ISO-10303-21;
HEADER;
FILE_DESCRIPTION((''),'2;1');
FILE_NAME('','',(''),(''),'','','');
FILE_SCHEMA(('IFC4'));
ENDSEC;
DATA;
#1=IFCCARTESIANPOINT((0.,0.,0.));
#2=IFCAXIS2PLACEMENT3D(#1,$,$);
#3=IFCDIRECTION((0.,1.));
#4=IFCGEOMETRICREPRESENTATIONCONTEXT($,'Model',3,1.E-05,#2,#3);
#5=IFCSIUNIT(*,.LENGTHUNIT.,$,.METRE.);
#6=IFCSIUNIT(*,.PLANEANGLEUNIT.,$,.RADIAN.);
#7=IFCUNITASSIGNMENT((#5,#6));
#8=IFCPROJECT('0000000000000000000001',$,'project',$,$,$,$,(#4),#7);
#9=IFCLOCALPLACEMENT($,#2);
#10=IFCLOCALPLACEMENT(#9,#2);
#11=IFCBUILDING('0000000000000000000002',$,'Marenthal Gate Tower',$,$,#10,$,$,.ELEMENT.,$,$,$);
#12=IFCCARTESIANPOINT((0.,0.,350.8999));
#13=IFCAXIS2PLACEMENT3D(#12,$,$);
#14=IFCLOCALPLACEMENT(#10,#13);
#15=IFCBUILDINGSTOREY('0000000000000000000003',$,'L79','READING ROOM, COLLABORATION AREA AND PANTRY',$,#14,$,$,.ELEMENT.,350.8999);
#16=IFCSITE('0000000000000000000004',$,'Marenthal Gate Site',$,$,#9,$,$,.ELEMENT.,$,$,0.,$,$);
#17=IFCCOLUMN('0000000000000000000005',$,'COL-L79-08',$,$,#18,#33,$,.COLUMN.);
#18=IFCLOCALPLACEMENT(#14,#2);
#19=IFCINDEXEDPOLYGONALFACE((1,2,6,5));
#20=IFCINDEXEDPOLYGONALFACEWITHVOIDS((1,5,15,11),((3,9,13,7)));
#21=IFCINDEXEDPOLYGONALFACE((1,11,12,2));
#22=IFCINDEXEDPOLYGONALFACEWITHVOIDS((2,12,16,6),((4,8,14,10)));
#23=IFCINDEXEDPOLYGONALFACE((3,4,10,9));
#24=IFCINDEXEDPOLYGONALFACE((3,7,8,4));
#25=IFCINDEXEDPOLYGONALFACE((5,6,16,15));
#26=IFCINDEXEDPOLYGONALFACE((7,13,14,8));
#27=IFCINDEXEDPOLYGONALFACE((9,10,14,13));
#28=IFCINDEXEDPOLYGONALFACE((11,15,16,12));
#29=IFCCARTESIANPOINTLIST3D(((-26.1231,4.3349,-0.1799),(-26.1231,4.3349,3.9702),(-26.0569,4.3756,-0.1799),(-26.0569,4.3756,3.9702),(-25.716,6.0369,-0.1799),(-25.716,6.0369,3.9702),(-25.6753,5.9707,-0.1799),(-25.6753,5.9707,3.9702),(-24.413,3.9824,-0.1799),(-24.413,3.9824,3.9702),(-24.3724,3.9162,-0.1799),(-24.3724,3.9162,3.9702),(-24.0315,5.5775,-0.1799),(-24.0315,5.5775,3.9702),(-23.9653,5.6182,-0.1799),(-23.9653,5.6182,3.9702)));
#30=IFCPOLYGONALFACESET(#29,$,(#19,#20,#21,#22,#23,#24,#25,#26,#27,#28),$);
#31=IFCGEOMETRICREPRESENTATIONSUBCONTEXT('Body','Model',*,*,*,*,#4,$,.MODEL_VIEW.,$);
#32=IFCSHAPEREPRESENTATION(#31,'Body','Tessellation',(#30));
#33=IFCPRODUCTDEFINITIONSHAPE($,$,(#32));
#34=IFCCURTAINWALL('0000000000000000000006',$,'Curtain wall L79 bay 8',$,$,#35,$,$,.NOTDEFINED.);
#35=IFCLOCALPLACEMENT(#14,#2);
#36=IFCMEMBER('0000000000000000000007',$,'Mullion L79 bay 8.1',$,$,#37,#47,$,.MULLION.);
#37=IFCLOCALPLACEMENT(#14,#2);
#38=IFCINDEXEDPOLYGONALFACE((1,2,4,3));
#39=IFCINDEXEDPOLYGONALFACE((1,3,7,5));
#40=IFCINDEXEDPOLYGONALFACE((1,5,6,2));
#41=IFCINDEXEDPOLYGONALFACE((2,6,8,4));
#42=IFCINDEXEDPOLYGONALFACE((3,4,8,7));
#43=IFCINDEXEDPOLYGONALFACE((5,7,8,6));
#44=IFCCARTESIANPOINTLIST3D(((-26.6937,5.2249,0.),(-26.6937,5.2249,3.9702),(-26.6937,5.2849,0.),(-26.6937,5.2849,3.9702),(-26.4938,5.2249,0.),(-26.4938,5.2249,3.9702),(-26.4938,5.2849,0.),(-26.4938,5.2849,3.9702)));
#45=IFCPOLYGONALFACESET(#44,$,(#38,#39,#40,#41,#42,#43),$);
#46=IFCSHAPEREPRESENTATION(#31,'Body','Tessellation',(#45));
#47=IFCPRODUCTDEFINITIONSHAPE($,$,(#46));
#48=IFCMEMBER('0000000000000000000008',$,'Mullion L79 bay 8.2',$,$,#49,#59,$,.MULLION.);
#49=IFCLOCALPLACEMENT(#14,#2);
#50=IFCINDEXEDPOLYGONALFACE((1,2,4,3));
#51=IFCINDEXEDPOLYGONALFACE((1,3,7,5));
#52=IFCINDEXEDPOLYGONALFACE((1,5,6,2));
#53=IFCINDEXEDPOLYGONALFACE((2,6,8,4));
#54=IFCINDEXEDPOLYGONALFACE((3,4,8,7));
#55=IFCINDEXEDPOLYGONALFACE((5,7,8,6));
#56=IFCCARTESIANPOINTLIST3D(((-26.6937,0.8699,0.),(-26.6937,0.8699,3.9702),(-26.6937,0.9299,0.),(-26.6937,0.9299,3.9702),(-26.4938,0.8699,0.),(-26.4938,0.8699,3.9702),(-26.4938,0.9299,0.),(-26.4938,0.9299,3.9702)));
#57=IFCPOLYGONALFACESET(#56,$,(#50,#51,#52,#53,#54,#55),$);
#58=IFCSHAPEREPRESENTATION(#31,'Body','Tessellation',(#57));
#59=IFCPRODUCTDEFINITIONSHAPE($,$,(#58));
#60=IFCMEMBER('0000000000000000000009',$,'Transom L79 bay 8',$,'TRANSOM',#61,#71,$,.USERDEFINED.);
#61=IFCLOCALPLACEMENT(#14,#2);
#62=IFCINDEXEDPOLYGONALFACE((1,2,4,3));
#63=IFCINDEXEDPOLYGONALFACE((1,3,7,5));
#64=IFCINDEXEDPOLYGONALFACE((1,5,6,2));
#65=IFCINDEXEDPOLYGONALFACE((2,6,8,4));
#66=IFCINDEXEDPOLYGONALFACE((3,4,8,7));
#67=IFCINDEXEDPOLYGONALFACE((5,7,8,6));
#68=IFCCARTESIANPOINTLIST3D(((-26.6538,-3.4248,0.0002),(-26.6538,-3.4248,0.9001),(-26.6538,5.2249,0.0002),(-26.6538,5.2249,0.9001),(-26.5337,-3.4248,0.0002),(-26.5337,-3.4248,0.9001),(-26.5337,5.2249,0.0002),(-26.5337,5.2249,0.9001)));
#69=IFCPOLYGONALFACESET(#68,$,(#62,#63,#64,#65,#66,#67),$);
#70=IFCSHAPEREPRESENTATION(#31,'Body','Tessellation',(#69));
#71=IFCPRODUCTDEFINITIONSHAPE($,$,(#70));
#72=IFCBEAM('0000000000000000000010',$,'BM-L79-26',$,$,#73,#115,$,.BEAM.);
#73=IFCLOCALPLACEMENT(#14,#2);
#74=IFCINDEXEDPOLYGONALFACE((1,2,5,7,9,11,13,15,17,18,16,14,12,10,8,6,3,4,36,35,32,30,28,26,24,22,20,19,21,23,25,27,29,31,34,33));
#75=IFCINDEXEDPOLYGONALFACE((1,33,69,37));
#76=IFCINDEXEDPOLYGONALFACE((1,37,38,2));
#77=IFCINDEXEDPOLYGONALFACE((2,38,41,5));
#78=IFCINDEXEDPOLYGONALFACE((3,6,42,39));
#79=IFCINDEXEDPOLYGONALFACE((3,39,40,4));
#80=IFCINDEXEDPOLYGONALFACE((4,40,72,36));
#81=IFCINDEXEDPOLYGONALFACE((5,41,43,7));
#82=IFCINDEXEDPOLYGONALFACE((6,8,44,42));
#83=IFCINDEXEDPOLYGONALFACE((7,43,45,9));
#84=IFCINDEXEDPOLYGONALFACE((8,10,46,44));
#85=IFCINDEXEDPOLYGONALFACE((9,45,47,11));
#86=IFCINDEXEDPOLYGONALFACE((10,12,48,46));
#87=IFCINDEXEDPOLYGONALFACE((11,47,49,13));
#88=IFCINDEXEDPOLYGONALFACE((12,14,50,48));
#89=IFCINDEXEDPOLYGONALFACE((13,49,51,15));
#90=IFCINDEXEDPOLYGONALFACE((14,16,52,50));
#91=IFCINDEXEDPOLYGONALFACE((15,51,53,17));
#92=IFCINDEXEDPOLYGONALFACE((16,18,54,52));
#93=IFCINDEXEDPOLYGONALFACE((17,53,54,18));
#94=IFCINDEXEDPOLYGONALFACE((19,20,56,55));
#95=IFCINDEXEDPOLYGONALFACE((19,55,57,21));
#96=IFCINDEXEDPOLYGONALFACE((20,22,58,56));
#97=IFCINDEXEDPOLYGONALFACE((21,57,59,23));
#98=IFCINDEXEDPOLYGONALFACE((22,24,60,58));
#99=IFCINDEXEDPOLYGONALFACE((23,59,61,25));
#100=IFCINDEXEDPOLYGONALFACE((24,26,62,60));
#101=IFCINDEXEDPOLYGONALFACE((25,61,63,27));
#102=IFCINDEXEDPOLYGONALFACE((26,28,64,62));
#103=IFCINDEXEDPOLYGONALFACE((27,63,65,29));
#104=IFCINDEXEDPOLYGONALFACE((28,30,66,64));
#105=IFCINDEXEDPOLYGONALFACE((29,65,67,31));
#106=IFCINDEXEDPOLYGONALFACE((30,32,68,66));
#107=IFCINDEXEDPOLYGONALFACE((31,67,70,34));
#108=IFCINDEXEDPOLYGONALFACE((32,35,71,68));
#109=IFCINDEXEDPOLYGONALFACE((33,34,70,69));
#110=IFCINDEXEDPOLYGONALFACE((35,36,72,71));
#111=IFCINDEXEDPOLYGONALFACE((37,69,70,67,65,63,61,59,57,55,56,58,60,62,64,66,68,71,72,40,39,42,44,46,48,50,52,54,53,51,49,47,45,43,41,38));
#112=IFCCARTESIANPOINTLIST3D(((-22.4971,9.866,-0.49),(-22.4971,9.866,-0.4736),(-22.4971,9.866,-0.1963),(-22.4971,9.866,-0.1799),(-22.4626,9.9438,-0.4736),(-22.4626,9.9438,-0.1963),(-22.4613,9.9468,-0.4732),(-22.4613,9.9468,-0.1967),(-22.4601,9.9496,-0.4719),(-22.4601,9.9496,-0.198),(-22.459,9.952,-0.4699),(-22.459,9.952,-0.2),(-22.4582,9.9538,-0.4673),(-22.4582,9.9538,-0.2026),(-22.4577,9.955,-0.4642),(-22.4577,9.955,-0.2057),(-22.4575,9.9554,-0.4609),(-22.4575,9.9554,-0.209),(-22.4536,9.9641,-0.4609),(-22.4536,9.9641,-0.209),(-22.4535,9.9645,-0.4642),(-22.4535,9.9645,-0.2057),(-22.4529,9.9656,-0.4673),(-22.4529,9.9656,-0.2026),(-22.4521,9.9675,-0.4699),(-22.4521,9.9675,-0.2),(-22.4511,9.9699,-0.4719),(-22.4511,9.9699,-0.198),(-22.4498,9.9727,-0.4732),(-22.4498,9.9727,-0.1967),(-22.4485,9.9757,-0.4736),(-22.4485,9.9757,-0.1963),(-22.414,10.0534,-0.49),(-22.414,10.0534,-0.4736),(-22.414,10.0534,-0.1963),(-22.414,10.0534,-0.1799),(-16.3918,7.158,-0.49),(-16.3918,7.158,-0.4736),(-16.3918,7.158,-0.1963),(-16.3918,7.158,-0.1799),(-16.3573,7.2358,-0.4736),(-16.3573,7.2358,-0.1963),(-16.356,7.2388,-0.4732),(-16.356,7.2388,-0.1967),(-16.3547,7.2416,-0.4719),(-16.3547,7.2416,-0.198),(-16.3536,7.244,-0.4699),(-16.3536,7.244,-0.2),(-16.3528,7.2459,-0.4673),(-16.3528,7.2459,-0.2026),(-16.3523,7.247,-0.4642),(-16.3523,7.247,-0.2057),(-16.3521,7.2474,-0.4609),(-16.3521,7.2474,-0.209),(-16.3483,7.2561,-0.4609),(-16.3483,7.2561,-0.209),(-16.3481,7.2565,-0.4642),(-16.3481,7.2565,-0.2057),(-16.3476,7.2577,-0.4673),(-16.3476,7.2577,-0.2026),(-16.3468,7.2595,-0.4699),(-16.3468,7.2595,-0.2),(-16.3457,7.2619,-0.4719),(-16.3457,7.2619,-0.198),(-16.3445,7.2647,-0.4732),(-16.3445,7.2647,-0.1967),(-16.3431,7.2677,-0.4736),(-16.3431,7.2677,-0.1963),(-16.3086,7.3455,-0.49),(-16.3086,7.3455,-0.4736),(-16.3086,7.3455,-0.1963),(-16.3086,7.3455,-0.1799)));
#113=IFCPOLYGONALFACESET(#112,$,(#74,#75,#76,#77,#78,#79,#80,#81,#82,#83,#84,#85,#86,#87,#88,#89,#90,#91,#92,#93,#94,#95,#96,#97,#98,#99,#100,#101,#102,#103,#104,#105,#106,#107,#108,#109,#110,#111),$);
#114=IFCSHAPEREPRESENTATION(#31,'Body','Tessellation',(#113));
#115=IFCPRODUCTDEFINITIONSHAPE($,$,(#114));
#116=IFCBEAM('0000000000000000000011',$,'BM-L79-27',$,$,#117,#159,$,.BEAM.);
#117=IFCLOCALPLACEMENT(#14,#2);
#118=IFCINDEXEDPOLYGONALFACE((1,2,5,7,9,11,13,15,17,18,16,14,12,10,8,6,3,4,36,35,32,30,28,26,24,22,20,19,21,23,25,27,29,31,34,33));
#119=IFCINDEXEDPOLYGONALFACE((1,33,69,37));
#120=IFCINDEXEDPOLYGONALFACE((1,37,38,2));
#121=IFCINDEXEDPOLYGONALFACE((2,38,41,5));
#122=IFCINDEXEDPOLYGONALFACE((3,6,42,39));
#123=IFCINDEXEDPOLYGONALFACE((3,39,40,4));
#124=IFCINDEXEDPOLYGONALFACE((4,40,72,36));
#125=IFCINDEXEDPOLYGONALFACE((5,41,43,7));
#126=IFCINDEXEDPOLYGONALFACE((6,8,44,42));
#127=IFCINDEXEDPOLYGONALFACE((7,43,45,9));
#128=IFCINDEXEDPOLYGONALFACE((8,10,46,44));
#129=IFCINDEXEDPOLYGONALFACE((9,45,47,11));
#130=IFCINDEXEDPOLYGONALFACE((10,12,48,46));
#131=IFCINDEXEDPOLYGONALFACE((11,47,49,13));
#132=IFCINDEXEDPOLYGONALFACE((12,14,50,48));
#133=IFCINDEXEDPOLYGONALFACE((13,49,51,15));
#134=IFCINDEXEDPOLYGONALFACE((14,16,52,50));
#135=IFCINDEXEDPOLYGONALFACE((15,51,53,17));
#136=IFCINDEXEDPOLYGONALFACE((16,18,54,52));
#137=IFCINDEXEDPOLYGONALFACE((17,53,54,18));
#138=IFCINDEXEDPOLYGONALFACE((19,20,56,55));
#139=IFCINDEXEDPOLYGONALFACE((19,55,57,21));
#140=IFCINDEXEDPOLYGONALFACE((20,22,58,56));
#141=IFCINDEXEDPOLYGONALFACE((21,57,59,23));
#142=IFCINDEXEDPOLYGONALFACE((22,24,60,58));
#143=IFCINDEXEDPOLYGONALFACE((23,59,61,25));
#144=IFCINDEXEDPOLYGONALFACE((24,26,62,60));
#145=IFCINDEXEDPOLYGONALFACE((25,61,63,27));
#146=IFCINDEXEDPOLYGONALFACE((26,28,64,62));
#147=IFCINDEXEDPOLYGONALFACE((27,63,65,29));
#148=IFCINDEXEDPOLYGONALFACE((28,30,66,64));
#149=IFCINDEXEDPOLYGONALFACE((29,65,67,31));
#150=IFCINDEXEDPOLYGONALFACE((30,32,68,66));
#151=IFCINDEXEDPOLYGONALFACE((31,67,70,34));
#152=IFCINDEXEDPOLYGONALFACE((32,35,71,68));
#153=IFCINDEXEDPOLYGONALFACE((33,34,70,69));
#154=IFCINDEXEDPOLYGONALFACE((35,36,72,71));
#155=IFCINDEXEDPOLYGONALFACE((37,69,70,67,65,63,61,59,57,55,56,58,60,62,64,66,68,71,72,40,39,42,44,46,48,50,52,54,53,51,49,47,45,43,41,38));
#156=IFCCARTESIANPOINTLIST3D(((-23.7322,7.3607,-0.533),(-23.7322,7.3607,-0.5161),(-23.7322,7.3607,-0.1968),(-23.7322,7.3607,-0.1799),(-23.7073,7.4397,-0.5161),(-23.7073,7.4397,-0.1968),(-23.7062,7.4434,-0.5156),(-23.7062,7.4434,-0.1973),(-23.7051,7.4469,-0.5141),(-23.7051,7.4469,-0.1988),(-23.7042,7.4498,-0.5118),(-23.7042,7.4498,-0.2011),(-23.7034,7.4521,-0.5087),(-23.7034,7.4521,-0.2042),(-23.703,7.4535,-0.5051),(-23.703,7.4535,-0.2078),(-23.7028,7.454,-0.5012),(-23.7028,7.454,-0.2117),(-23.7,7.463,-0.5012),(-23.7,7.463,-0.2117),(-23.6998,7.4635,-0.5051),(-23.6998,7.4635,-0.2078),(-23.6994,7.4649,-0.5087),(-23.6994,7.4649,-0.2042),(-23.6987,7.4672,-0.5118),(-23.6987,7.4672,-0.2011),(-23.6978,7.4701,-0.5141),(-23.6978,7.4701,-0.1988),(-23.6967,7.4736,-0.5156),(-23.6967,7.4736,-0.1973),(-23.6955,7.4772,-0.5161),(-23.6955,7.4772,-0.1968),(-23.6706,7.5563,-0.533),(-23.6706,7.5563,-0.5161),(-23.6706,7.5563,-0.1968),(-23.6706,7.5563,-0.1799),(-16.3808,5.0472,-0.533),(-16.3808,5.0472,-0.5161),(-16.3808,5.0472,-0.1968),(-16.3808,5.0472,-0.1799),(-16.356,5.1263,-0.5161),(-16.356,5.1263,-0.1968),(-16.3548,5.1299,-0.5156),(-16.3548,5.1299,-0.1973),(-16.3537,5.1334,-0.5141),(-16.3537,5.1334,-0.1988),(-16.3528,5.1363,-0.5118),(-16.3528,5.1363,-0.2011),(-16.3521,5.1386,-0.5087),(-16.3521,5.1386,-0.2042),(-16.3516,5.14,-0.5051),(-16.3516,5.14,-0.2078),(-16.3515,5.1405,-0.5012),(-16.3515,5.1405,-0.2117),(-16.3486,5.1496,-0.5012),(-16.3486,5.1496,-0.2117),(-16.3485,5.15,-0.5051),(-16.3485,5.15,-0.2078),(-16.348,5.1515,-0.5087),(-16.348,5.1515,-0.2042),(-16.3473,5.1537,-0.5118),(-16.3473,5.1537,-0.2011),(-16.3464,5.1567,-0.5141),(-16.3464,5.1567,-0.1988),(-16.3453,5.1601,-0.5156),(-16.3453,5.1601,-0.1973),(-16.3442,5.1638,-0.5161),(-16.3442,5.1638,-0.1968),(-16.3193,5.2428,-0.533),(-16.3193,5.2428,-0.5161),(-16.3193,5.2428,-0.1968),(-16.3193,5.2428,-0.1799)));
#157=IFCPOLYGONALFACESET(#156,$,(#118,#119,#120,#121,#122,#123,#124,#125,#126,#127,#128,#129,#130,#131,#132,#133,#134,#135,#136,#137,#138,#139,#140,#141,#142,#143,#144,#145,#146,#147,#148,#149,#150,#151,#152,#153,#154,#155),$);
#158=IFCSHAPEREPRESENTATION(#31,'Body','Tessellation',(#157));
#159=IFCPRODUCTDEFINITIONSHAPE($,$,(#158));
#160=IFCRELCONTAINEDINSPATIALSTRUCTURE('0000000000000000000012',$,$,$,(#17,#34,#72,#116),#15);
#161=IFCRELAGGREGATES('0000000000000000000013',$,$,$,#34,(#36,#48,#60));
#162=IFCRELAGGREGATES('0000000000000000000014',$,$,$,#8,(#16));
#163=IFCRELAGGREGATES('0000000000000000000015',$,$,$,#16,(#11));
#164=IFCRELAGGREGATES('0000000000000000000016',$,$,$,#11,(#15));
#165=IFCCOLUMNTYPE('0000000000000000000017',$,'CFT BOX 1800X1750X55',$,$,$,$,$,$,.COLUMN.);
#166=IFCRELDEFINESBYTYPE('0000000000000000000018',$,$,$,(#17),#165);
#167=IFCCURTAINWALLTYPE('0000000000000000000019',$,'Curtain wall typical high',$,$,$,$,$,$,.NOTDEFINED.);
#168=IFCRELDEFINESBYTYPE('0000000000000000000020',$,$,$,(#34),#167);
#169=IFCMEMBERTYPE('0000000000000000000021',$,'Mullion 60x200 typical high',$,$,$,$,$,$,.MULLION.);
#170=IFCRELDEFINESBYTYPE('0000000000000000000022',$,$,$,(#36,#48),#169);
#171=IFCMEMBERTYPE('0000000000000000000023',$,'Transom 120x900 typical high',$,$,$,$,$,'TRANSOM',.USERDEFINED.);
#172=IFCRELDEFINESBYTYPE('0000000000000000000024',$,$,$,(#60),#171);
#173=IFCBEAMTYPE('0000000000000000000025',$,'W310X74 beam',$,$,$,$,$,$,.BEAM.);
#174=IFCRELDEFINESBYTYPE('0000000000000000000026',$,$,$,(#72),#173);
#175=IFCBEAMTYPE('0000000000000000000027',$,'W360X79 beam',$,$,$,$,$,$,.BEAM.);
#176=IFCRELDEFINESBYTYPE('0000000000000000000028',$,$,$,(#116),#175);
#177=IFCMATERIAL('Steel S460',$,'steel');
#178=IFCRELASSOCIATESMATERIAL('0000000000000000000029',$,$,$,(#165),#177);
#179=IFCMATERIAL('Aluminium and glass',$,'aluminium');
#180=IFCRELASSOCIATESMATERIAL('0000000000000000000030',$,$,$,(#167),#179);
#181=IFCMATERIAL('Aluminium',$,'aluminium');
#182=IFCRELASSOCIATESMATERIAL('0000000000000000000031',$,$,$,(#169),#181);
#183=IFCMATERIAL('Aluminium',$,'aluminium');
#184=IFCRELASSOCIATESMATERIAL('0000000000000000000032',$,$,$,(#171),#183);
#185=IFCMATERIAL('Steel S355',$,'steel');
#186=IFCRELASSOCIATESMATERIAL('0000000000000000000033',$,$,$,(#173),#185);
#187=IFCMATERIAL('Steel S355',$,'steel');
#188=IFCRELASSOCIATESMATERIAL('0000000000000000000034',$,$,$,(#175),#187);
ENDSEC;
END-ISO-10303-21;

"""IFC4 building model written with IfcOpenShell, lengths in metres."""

from ifc_helpers import new_model, si_unit, direction, frame, origin, origin_2d, place, context, subcontext, project, spatial, rectangle, hollow_rectangle, i_section, extrude, material, material_profile, profile_set, type_object, element, aggregate, save


model = new_model("IFC4")

# Units and contexts
model_context = context("Model", 3, precision=1e-05, world=origin(), true_north=direction((0.0, 1.0)))
body_context = subcontext(model_context, "Body", "Model", "MODEL_VIEW")
ifc_project = project(units=[si_unit("LENGTHUNIT", "METRE"), si_unit("PLANEANGLEUNIT", "RADIAN")], contexts=[model_context])

# Site, building, storey
site_placement = place(None, origin())
site = spatial("IfcSite", under=ifc_project, at=site_placement, Name="Marenthal Gate Site", CompositionType="ELEMENT", RefElevation=0.0)
building_placement = place(site_placement, origin())
building = spatial("IfcBuilding", under=site, at=building_placement, Name="Marenthal Gate Tower", CompositionType="ELEMENT")
storey_placement = place(building_placement, frame((0.0, 0.0, 350.8999)))
storey = spatial("IfcBuildingStorey", under=building, at=storey_placement, Name="L79", Description="READING ROOM, COLLABORATION AREA AND PANTRY", CompositionType="ELEMENT", Elevation=350.8999)

# Column
ifc_material_1 = material(Name="Steel S460", Category="steel")
ifc_material_profile_1 = material_profile(ifc_material_1, hollow_rectangle(XDim=1.75, YDim=1.8, WallThickness=0.0549, at=origin_2d()), Name="CFT BOX 1800X1750X55")
ifc_material_2 = material(Name="Concrete 70 MPa", Category="concrete")
ifc_material_profile_2 = material_profile(ifc_material_2, rectangle(XDim=1.6399, YDim=1.6899, at=origin_2d()), Name="CFT BOX 1800X1750X55 INFILL")
ifc_profile_set_1 = profile_set([ifc_material_profile_1, ifc_material_profile_2], Name="Steel S460 shell, Concrete 70 MPa infill")
column_type = type_object("IfcColumnType", Name="CFT BOX 1800X1750X55", PredefinedType="COLUMN", material=ifc_profile_set_1)
column_placement = place(storey_placement, frame((-25.0442, 4.9766, -0.1799), z_axis=(0.0, 0.0, 1.0), x_axis=(0.232626, 0.972566, 0.0)))
element("IfcColumn", 1, at=column_placement, inside=storey, type_object=column_type, Name="COL-L79-08", PredefinedType="COLUMN", context=body_context, shape_type="SweptSolid", body=[
    extrude(hollow_rectangle(XDim=1.75, YDim=1.8, WallThickness=0.0549, at=origin_2d()), origin(), (0.0, 0.0, 1.0), 4.1501),
])

# Curtain wall, members
ifc_material_3 = material(Name="Aluminium and glass", Category="aluminium")
curtain_wall_type = type_object("IfcCurtainWallType", Name="Curtain wall typical high", PredefinedType="NOTDEFINED", material=ifc_material_3)
curtain_wall_placement = place(storey_placement, origin())
curtain_wall = element("IfcCurtainWall", 2, at=curtain_wall_placement, inside=storey, type_object=curtain_wall_type, Name="Curtain wall L79 bay 8", PredefinedType="NOTDEFINED")
ifc_material_4 = material(Name="Aluminium", Category="aluminium")
ifc_material_profile_3 = material_profile(ifc_material_4, rectangle(XDim=0.2, YDim=0.0601, at=origin_2d()), Name="60x200 aluminium mullion")
ifc_profile_set_2 = profile_set([ifc_material_profile_3], Name="Aluminium")
member_type_1 = type_object("IfcMemberType", Name="Mullion 60x200 typical high", PredefinedType="MULLION", material=ifc_profile_set_2)
member_1_placement = place(storey_placement, frame((-26.5938, 5.2549, 0.0), z_axis=(0.0, 0.0, 1.0), x_axis=(1.0, 0.0, 0.0)))
member_1 = element("IfcMember", 3, at=member_1_placement, type_object=member_type_1, Name="Mullion L79 bay 8.1", PredefinedType="MULLION", context=body_context, shape_type="SweptSolid", body=[
    extrude(rectangle(XDim=0.2, YDim=0.0601, at=origin_2d()), origin(), (0.0, 0.0, 1.0), 3.9702),
])
member_2_placement = place(storey_placement, frame((-26.5938, 0.8999, 0.0), z_axis=(0.0, 0.0, 1.0), x_axis=(1.0, 0.0, 0.0)))
member_2 = element("IfcMember", 4, at=member_2_placement, type_object=member_type_1, Name="Mullion L79 bay 8.2", PredefinedType="MULLION", context=body_context, shape_type="SweptSolid", body=[
    extrude(rectangle(XDim=0.2, YDim=0.0601, at=origin_2d()), origin(), (0.0, 0.0, 1.0), 3.9702),
])
ifc_material_5 = material(Name="Aluminium", Category="aluminium")
ifc_material_profile_4 = material_profile(ifc_material_5, rectangle(XDim=0.1201, YDim=0.8999, at=origin_2d()), Name="120x900 aluminium transom")
ifc_profile_set_3 = profile_set([ifc_material_profile_4], Name="Aluminium")
member_type_2 = type_object("IfcMemberType", Name="Transom 120x900 typical high", ElementType="TRANSOM", PredefinedType="USERDEFINED", material=ifc_profile_set_3)
member_3_placement = place(storey_placement, frame((-26.5938, 5.2249, 0.4502), z_axis=(0.0, -1.0, 0.0), x_axis=(1.0, 0.0, 0.0)))
member_3 = element("IfcMember", 5, at=member_3_placement, type_object=member_type_2, Name="Transom L79 bay 8", ObjectType="TRANSOM", PredefinedType="USERDEFINED", context=body_context, shape_type="SweptSolid", body=[
    extrude(rectangle(XDim=0.1201, YDim=0.8999, at=origin_2d()), origin(), (0.0, 0.0, 1.0), 8.6497),
])

# Beams
ifc_material_6 = material(Name="Steel S355", Category="steel")
ifc_material_profile_5 = material_profile(ifc_material_6, i_section(OverallWidth=0.2051, OverallDepth=0.3101, WebThickness=0.0095, FlangeThickness=0.0164, FilletRadius=0.0127, at=origin_2d()), Name="W310X74")
ifc_profile_set_4 = profile_set([ifc_material_profile_5], Name="Steel S355")
beam_type_1 = type_object("IfcBeamType", Name="W310X74 beam", PredefinedType="BEAM", material=ifc_profile_set_4)
beam_1_placement = place(storey_placement, frame((-22.4556, 9.9597, -0.335), z_axis=(0.914119, -0.405446, 0.0), x_axis=(0.405446, 0.914119, 0.0)))
element("IfcBeam", 6, at=beam_1_placement, inside=storey, type_object=beam_type_1, Name="BM-L79-26", PredefinedType="BEAM", context=body_context, shape_type="SweptSolid", body=[
    extrude(i_section(OverallWidth=0.2051, OverallDepth=0.3101, WebThickness=0.0095, FlangeThickness=0.0164, FilletRadius=0.0127, at=origin_2d()), origin(), (0.0, 0.0, 1.0), 6.679),
])
ifc_material_7 = material(Name="Steel S355", Category="steel")
ifc_material_profile_6 = material_profile(ifc_material_7, i_section(OverallWidth=0.2051, OverallDepth=0.353, WebThickness=0.0095, FlangeThickness=0.0168, FilletRadius=0.0149, at=origin_2d()), Name="W360X79")
ifc_profile_set_5 = profile_set([ifc_material_profile_6], Name="Steel S355")
beam_type_2 = type_object("IfcBeamType", Name="W360X79 beam", PredefinedType="BEAM", material=ifc_profile_set_5)
beam_2_placement = place(storey_placement, frame((-23.7014, 7.4585, -0.3564), z_axis=(0.95388, -0.300188, 0.0), x_axis=(0.300188, 0.95388, 0.0)))
element("IfcBeam", 7, at=beam_2_placement, inside=storey, type_object=beam_type_2, Name="BM-L79-27", PredefinedType="BEAM", context=body_context, shape_type="SweptSolid", body=[
    extrude(i_section(OverallWidth=0.2051, OverallDepth=0.353, WebThickness=0.0095, FlangeThickness=0.0168, FilletRadius=0.0149, at=origin_2d()), origin(), (0.0, 0.0, 1.0), 7.7068),
])

aggregate(curtain_wall, [member_1, member_2, member_3])

save(model, "model.ifc")
